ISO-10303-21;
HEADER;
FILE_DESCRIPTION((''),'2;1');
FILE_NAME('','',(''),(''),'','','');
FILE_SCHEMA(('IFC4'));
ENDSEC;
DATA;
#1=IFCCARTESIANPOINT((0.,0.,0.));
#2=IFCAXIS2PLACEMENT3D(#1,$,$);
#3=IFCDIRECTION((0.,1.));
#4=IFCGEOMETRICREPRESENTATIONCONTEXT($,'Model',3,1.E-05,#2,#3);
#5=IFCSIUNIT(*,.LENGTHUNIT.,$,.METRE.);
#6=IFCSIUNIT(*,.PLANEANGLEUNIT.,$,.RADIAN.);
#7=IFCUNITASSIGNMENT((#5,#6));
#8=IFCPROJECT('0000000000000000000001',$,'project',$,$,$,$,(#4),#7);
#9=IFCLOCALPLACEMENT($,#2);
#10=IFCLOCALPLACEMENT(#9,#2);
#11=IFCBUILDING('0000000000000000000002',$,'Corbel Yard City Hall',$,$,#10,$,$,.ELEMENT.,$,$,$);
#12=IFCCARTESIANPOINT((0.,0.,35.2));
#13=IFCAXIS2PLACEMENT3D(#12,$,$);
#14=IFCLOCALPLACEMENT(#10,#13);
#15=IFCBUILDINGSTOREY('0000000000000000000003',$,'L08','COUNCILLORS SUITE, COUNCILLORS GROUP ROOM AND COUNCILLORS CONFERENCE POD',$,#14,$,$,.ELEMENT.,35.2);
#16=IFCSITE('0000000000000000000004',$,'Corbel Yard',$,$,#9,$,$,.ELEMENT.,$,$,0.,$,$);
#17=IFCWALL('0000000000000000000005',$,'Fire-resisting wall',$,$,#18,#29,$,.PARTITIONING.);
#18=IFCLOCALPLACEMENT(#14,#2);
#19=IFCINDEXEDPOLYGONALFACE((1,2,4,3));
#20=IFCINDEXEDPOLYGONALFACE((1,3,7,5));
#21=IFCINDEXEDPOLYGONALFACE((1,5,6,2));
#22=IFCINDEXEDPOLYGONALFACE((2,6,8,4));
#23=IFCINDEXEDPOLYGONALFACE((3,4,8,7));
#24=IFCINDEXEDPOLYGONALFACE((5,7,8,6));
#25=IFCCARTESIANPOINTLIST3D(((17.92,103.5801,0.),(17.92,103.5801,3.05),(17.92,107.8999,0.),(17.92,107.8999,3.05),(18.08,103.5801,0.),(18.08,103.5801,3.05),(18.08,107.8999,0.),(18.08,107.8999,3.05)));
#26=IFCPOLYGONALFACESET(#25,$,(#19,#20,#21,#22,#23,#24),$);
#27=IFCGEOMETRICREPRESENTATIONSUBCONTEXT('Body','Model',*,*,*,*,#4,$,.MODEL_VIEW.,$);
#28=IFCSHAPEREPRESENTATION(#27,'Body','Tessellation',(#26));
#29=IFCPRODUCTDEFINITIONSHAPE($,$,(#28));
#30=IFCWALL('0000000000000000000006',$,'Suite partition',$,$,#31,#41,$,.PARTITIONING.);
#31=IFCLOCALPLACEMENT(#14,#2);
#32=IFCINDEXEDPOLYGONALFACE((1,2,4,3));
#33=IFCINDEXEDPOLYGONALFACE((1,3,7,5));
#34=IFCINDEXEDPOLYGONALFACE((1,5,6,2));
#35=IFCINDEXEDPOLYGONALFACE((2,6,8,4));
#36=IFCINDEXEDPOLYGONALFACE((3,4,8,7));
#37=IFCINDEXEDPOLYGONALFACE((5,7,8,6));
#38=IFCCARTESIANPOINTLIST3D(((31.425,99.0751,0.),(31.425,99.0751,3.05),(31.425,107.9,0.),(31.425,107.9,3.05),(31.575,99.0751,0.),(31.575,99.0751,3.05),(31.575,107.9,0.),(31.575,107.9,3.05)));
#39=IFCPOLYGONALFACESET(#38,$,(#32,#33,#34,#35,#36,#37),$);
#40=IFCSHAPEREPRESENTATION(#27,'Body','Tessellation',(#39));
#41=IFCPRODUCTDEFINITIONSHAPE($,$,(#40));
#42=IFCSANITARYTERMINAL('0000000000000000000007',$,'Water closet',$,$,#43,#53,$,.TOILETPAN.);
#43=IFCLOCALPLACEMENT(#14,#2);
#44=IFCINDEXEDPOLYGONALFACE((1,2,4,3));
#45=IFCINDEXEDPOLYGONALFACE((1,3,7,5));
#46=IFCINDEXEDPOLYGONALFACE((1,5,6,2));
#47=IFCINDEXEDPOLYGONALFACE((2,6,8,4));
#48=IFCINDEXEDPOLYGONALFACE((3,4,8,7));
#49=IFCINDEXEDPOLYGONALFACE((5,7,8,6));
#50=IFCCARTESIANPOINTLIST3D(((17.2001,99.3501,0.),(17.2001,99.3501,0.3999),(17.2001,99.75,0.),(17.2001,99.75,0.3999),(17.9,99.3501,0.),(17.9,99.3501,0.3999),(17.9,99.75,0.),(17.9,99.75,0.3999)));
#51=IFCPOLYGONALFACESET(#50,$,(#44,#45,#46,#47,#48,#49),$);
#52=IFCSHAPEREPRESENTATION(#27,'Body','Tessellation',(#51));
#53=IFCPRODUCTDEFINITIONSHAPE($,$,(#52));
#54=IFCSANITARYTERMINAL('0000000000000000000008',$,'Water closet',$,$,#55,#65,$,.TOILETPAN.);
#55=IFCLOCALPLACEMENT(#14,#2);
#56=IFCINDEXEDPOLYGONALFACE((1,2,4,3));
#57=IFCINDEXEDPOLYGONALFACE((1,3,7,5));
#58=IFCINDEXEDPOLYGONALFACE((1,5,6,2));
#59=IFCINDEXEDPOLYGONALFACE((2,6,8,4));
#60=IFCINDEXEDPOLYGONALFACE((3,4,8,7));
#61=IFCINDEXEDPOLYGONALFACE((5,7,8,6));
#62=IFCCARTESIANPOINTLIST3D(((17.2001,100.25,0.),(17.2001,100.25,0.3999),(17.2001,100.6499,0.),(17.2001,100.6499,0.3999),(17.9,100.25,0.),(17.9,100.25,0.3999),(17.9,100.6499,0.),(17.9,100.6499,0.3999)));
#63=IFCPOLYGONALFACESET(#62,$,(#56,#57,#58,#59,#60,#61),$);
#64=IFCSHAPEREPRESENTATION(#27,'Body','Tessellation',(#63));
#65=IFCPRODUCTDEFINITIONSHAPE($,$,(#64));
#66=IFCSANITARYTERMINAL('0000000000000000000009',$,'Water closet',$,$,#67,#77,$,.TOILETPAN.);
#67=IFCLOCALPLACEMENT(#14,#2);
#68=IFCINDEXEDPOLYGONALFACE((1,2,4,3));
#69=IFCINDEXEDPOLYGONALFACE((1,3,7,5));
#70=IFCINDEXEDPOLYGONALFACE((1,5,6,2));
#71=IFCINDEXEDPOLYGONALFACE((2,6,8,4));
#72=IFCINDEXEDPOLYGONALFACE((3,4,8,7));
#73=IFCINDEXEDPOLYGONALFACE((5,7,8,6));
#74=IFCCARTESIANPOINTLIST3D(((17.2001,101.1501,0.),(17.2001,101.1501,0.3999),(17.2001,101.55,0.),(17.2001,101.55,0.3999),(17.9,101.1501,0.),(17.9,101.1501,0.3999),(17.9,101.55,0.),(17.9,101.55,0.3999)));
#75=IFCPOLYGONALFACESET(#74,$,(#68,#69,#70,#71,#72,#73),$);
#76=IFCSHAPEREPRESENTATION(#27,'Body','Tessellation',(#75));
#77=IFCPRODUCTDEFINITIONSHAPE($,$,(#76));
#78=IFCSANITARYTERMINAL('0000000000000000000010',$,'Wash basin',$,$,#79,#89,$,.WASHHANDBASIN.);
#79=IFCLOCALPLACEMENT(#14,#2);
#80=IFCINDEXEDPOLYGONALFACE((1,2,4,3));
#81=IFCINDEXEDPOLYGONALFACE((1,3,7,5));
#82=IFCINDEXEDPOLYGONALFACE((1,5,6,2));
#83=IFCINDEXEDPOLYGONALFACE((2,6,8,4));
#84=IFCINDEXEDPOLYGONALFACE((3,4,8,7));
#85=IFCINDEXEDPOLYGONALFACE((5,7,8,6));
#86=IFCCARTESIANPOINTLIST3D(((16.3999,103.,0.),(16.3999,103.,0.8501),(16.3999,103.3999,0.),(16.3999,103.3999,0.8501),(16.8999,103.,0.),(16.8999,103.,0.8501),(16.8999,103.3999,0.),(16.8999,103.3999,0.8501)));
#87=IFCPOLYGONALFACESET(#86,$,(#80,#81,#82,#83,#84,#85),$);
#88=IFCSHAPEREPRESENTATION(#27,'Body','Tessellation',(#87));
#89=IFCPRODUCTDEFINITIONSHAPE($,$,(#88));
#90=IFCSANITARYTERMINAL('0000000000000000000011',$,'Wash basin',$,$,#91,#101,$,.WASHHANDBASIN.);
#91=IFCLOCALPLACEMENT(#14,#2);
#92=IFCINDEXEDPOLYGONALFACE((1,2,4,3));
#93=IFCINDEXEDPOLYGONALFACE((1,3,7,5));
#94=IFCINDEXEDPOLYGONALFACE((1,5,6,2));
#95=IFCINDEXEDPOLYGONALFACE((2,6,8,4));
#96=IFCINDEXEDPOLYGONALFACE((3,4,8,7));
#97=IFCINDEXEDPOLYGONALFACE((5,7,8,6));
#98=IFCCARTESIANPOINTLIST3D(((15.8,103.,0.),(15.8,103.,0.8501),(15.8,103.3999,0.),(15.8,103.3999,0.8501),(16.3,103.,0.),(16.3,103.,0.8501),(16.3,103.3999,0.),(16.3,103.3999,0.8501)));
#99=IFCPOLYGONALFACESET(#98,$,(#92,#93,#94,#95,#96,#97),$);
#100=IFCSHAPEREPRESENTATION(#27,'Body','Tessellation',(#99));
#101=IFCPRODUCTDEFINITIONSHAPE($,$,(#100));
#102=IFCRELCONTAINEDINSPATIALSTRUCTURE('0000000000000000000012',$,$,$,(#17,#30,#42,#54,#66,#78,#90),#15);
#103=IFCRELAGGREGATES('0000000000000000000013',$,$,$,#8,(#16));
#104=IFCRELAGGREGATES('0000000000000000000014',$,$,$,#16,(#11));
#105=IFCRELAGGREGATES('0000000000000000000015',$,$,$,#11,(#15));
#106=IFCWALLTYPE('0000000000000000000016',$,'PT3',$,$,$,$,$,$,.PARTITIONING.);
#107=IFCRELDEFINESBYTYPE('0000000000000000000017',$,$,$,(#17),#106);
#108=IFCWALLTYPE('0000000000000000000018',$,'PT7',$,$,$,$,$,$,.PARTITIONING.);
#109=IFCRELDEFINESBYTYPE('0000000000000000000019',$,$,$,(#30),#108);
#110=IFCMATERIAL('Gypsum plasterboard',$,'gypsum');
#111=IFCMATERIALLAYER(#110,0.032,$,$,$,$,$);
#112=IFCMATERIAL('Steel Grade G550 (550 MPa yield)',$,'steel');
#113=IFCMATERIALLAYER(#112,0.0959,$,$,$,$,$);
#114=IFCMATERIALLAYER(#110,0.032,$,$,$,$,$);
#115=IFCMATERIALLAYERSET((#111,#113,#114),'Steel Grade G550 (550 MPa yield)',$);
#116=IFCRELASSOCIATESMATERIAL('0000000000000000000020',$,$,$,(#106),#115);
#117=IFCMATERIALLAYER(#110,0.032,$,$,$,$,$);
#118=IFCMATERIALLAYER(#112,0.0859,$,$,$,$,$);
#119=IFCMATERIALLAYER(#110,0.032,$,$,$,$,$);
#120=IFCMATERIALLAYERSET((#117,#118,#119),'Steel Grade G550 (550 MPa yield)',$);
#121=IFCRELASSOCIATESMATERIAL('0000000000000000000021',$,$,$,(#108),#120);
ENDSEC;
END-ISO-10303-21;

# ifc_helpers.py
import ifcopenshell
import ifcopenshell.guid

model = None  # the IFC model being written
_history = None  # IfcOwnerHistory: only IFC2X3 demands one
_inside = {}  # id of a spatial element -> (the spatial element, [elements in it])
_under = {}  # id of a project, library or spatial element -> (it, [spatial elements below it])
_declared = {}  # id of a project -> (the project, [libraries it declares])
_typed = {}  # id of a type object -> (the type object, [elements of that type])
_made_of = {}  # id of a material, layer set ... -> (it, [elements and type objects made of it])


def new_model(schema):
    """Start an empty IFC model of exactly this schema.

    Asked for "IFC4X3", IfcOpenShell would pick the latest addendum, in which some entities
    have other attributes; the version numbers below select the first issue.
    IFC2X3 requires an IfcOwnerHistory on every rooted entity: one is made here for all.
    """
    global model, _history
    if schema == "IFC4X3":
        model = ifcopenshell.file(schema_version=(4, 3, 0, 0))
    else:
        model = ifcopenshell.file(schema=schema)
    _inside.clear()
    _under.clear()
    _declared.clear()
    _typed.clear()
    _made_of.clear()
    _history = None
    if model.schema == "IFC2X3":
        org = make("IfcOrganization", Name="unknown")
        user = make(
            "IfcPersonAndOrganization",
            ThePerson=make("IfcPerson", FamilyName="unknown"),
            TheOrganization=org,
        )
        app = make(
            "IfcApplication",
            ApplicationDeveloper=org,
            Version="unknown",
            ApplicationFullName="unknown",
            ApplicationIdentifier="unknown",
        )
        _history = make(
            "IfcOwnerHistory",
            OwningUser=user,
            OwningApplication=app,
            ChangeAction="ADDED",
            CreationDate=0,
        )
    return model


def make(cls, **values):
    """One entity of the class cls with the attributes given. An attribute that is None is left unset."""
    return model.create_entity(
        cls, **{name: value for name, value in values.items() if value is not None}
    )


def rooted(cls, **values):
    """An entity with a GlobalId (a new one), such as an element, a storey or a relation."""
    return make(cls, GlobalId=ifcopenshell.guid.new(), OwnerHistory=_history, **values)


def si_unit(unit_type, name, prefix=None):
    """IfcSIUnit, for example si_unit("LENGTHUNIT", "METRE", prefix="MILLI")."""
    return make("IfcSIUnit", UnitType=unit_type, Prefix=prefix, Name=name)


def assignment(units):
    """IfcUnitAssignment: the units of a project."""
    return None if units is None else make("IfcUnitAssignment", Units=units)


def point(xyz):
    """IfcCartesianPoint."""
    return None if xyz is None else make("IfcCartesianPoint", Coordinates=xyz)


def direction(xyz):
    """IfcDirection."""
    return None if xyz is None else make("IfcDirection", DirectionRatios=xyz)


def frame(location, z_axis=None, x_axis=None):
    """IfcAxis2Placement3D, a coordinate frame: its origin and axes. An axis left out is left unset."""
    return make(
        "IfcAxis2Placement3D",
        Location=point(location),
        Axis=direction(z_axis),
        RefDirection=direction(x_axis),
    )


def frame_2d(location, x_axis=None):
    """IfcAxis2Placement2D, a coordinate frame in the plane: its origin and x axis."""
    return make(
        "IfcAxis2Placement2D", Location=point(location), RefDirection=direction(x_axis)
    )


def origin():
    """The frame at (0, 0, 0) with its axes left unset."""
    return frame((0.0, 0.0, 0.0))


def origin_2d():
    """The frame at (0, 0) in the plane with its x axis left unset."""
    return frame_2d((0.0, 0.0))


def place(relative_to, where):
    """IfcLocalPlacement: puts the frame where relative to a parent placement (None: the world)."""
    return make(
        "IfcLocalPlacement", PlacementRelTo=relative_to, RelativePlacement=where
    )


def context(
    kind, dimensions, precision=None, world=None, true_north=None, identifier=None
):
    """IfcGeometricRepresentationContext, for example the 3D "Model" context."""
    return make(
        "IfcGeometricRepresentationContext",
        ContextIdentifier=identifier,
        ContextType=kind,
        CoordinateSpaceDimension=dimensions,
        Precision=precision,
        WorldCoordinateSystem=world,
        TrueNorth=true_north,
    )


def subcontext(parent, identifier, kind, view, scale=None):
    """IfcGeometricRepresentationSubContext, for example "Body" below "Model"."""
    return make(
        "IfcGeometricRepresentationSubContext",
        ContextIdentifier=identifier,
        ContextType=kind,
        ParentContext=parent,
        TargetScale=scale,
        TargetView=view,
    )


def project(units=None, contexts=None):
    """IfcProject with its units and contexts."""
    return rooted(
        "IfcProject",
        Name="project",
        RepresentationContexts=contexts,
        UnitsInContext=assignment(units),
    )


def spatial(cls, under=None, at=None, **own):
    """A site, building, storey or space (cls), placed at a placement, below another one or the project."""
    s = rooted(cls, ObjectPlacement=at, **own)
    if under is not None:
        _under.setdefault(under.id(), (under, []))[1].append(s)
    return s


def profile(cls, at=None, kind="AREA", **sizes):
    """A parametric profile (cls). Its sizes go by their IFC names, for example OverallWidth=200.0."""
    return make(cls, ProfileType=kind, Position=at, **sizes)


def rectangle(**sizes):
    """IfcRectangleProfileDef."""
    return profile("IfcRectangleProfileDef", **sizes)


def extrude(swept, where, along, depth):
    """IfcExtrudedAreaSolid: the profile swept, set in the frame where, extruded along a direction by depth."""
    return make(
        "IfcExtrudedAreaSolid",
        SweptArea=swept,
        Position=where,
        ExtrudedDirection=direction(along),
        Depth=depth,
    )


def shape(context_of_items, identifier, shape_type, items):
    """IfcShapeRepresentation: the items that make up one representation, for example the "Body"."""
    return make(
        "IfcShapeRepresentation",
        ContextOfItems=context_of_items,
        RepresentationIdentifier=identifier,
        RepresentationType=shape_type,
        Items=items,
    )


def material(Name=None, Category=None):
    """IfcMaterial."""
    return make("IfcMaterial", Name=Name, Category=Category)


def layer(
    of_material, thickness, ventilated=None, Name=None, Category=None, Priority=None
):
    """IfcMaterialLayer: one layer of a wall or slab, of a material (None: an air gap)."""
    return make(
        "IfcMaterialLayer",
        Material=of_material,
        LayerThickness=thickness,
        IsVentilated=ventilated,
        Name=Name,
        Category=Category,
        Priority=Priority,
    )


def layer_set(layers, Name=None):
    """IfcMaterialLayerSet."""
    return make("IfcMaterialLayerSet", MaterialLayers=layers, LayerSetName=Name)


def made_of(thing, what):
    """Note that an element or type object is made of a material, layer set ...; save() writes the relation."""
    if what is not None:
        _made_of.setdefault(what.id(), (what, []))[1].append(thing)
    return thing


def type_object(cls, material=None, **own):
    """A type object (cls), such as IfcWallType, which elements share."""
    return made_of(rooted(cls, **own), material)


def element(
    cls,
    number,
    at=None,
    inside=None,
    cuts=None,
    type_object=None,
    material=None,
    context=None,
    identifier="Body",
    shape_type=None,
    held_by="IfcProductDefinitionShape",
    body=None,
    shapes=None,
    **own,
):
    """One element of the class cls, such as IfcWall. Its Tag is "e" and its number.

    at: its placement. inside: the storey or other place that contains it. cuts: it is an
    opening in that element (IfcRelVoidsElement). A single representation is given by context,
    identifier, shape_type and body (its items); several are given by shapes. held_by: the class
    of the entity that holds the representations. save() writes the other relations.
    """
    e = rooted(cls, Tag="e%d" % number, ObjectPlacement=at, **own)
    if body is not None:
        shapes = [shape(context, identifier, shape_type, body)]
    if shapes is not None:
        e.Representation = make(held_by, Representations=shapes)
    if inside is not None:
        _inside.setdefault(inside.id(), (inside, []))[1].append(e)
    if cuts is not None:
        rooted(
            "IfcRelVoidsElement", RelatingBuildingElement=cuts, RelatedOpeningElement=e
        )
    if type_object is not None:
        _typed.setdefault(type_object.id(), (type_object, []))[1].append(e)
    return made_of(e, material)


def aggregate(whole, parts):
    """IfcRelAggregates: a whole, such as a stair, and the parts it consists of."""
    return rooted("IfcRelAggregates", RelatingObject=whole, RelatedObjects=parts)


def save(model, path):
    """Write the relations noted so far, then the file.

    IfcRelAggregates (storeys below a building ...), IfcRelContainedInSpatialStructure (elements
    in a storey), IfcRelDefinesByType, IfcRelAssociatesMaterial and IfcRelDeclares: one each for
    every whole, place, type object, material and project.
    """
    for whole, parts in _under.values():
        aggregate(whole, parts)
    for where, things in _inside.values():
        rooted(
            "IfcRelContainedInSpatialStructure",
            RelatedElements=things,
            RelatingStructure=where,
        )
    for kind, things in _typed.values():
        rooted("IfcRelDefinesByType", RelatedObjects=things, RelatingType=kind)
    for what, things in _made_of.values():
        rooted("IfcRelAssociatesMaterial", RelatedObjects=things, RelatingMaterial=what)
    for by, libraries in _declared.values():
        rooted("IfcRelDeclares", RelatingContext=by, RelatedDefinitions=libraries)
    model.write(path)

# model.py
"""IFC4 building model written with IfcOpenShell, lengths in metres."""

from ifc_helpers import new_model, si_unit, direction, frame, frame_2d, origin, origin_2d, place, context, subcontext, project, spatial, rectangle, extrude, material, layer, layer_set, type_object, element, save


model = new_model("IFC4")

# Units and contexts
model_context = context("Model", 3, precision=1e-05, world=origin(), true_north=direction((0.0, 1.0)))
body_context = subcontext(model_context, "Body", "Model", "MODEL_VIEW")
ifc_project = project(units=[si_unit("LENGTHUNIT", "METRE"), si_unit("PLANEANGLEUNIT", "RADIAN")], contexts=[model_context])

# Site, building, storey
site_placement = place(None, origin())
site = spatial("IfcSite", under=ifc_project, at=site_placement, Name="Corbel Yard", CompositionType="ELEMENT", RefElevation=0.0)
building_placement = place(site_placement, origin())
building = spatial("IfcBuilding", under=site, at=building_placement, Name="Corbel Yard City Hall", CompositionType="ELEMENT")
storey_placement = place(building_placement, frame((0.0, 0.0, 35.2)))
storey = spatial("IfcBuildingStorey", under=building, at=storey_placement, Name="L08", Description="COUNCILLORS SUITE, COUNCILLORS GROUP ROOM AND COUNCILLORS CONFERENCE POD", CompositionType="ELEMENT", Elevation=35.2)

# Shared definitions
ifc_material_1 = material(Name="Gypsum plasterboard", Category="gypsum")
ifc_material_2 = material(Name="Steel Grade G550 (550 MPa yield)", Category="steel")

# Shared definitions
ifc_layer_1 = layer(ifc_material_1, 0.032)
ifc_layer_2 = layer(ifc_material_2, 0.0959)
ifc_layer_3 = layer(ifc_material_1, 0.032)
ifc_layer_set_1 = layer_set([ifc_layer_1, ifc_layer_2, ifc_layer_3], Name="Steel Grade G550 (550 MPa yield)")
wall_type_1 = type_object("IfcWallType", Name="PT3", PredefinedType="PARTITIONING", material=ifc_layer_set_1)

# Walls
wall_1_placement = place(storey_placement, frame((18.0, 103.5801, 0.0), z_axis=(0.0, 0.0, 1.0), x_axis=(0.0, 1.0, 0.0)))
element("IfcWall", 1, at=wall_1_placement, inside=storey, type_object=wall_type_1, Name="Fire-resisting wall", PredefinedType="PARTITIONING", context=body_context, shape_type="SweptSolid", body=[
    extrude(rectangle(XDim=4.3198, YDim=0.1599, at=frame_2d((2.1599, 0.0))), origin(), (0.0, 0.0, 1.0), 3.05),
])
ifc_layer_4 = layer(ifc_material_1, 0.032)
ifc_layer_5 = layer(ifc_material_2, 0.0859)
ifc_layer_6 = layer(ifc_material_1, 0.032)
ifc_layer_set_2 = layer_set([ifc_layer_4, ifc_layer_5, ifc_layer_6], Name="Steel Grade G550 (550 MPa yield)")
wall_type_2 = type_object("IfcWallType", Name="PT7", PredefinedType="PARTITIONING", material=ifc_layer_set_2)
wall_2_placement = place(storey_placement, frame((31.5, 99.075, 0.0), z_axis=(0.0, 0.0, 1.0), x_axis=(0.0, 1.0, 0.0)))
element("IfcWall", 2, at=wall_2_placement, inside=storey, type_object=wall_type_2, Name="Suite partition", PredefinedType="PARTITIONING", context=body_context, shape_type="SweptSolid", body=[
    extrude(rectangle(XDim=8.825, YDim=0.1499, at=frame_2d((4.4126, 0.0))), origin(), (0.0, 0.0, 1.0), 3.05),
])

# Sanitary terminals
for number, where, z_axis, x_axis, name in (
    (3, (17.55, 99.55, 0.0), (0.0, 0.0, 1.0), (1.0, 0.0, 0.0), "Water closet"),
    (4, (17.55, 100.45, 0.0), (0.0, 0.0, 1.0), (1.0, 0.0, 0.0), "Water closet"),
    (5, (17.55, 101.3501, 0.0), (0.0, 0.0, 1.0), (1.0, 0.0, 0.0), "Water closet"),
):
    element("IfcSanitaryTerminal", number, at=place(storey_placement, frame(where, z_axis=z_axis, x_axis=x_axis)), inside=storey, Name=name, PredefinedType="TOILETPAN", context=body_context, shape_type="SweptSolid", body=[
        extrude(rectangle(XDim=0.7, YDim=0.3999, at=origin_2d()), origin(), (0.0, 0.0, 1.0), 0.3999),
    ])
for number, where, z_axis, x_axis, name in (
    (6, (16.6499, 103.2, 0.0), (0.0, 0.0, 1.0), (1.0, 0.0, 0.0), "Wash basin"),
    (7, (16.05, 103.2, 0.0), (0.0, 0.0, 1.0), (1.0, 0.0, 0.0), "Wash basin"),
):
    element("IfcSanitaryTerminal", number, at=place(storey_placement, frame(where, z_axis=z_axis, x_axis=x_axis)), inside=storey, Name=name, PredefinedType="WASHHANDBASIN", context=body_context, shape_type="SweptSolid", body=[
        extrude(rectangle(XDim=0.5, YDim=0.3999, at=origin_2d()), origin(), (0.0, 0.0, 1.0), 0.8501),
    ])

save(model, "model.ifc")
